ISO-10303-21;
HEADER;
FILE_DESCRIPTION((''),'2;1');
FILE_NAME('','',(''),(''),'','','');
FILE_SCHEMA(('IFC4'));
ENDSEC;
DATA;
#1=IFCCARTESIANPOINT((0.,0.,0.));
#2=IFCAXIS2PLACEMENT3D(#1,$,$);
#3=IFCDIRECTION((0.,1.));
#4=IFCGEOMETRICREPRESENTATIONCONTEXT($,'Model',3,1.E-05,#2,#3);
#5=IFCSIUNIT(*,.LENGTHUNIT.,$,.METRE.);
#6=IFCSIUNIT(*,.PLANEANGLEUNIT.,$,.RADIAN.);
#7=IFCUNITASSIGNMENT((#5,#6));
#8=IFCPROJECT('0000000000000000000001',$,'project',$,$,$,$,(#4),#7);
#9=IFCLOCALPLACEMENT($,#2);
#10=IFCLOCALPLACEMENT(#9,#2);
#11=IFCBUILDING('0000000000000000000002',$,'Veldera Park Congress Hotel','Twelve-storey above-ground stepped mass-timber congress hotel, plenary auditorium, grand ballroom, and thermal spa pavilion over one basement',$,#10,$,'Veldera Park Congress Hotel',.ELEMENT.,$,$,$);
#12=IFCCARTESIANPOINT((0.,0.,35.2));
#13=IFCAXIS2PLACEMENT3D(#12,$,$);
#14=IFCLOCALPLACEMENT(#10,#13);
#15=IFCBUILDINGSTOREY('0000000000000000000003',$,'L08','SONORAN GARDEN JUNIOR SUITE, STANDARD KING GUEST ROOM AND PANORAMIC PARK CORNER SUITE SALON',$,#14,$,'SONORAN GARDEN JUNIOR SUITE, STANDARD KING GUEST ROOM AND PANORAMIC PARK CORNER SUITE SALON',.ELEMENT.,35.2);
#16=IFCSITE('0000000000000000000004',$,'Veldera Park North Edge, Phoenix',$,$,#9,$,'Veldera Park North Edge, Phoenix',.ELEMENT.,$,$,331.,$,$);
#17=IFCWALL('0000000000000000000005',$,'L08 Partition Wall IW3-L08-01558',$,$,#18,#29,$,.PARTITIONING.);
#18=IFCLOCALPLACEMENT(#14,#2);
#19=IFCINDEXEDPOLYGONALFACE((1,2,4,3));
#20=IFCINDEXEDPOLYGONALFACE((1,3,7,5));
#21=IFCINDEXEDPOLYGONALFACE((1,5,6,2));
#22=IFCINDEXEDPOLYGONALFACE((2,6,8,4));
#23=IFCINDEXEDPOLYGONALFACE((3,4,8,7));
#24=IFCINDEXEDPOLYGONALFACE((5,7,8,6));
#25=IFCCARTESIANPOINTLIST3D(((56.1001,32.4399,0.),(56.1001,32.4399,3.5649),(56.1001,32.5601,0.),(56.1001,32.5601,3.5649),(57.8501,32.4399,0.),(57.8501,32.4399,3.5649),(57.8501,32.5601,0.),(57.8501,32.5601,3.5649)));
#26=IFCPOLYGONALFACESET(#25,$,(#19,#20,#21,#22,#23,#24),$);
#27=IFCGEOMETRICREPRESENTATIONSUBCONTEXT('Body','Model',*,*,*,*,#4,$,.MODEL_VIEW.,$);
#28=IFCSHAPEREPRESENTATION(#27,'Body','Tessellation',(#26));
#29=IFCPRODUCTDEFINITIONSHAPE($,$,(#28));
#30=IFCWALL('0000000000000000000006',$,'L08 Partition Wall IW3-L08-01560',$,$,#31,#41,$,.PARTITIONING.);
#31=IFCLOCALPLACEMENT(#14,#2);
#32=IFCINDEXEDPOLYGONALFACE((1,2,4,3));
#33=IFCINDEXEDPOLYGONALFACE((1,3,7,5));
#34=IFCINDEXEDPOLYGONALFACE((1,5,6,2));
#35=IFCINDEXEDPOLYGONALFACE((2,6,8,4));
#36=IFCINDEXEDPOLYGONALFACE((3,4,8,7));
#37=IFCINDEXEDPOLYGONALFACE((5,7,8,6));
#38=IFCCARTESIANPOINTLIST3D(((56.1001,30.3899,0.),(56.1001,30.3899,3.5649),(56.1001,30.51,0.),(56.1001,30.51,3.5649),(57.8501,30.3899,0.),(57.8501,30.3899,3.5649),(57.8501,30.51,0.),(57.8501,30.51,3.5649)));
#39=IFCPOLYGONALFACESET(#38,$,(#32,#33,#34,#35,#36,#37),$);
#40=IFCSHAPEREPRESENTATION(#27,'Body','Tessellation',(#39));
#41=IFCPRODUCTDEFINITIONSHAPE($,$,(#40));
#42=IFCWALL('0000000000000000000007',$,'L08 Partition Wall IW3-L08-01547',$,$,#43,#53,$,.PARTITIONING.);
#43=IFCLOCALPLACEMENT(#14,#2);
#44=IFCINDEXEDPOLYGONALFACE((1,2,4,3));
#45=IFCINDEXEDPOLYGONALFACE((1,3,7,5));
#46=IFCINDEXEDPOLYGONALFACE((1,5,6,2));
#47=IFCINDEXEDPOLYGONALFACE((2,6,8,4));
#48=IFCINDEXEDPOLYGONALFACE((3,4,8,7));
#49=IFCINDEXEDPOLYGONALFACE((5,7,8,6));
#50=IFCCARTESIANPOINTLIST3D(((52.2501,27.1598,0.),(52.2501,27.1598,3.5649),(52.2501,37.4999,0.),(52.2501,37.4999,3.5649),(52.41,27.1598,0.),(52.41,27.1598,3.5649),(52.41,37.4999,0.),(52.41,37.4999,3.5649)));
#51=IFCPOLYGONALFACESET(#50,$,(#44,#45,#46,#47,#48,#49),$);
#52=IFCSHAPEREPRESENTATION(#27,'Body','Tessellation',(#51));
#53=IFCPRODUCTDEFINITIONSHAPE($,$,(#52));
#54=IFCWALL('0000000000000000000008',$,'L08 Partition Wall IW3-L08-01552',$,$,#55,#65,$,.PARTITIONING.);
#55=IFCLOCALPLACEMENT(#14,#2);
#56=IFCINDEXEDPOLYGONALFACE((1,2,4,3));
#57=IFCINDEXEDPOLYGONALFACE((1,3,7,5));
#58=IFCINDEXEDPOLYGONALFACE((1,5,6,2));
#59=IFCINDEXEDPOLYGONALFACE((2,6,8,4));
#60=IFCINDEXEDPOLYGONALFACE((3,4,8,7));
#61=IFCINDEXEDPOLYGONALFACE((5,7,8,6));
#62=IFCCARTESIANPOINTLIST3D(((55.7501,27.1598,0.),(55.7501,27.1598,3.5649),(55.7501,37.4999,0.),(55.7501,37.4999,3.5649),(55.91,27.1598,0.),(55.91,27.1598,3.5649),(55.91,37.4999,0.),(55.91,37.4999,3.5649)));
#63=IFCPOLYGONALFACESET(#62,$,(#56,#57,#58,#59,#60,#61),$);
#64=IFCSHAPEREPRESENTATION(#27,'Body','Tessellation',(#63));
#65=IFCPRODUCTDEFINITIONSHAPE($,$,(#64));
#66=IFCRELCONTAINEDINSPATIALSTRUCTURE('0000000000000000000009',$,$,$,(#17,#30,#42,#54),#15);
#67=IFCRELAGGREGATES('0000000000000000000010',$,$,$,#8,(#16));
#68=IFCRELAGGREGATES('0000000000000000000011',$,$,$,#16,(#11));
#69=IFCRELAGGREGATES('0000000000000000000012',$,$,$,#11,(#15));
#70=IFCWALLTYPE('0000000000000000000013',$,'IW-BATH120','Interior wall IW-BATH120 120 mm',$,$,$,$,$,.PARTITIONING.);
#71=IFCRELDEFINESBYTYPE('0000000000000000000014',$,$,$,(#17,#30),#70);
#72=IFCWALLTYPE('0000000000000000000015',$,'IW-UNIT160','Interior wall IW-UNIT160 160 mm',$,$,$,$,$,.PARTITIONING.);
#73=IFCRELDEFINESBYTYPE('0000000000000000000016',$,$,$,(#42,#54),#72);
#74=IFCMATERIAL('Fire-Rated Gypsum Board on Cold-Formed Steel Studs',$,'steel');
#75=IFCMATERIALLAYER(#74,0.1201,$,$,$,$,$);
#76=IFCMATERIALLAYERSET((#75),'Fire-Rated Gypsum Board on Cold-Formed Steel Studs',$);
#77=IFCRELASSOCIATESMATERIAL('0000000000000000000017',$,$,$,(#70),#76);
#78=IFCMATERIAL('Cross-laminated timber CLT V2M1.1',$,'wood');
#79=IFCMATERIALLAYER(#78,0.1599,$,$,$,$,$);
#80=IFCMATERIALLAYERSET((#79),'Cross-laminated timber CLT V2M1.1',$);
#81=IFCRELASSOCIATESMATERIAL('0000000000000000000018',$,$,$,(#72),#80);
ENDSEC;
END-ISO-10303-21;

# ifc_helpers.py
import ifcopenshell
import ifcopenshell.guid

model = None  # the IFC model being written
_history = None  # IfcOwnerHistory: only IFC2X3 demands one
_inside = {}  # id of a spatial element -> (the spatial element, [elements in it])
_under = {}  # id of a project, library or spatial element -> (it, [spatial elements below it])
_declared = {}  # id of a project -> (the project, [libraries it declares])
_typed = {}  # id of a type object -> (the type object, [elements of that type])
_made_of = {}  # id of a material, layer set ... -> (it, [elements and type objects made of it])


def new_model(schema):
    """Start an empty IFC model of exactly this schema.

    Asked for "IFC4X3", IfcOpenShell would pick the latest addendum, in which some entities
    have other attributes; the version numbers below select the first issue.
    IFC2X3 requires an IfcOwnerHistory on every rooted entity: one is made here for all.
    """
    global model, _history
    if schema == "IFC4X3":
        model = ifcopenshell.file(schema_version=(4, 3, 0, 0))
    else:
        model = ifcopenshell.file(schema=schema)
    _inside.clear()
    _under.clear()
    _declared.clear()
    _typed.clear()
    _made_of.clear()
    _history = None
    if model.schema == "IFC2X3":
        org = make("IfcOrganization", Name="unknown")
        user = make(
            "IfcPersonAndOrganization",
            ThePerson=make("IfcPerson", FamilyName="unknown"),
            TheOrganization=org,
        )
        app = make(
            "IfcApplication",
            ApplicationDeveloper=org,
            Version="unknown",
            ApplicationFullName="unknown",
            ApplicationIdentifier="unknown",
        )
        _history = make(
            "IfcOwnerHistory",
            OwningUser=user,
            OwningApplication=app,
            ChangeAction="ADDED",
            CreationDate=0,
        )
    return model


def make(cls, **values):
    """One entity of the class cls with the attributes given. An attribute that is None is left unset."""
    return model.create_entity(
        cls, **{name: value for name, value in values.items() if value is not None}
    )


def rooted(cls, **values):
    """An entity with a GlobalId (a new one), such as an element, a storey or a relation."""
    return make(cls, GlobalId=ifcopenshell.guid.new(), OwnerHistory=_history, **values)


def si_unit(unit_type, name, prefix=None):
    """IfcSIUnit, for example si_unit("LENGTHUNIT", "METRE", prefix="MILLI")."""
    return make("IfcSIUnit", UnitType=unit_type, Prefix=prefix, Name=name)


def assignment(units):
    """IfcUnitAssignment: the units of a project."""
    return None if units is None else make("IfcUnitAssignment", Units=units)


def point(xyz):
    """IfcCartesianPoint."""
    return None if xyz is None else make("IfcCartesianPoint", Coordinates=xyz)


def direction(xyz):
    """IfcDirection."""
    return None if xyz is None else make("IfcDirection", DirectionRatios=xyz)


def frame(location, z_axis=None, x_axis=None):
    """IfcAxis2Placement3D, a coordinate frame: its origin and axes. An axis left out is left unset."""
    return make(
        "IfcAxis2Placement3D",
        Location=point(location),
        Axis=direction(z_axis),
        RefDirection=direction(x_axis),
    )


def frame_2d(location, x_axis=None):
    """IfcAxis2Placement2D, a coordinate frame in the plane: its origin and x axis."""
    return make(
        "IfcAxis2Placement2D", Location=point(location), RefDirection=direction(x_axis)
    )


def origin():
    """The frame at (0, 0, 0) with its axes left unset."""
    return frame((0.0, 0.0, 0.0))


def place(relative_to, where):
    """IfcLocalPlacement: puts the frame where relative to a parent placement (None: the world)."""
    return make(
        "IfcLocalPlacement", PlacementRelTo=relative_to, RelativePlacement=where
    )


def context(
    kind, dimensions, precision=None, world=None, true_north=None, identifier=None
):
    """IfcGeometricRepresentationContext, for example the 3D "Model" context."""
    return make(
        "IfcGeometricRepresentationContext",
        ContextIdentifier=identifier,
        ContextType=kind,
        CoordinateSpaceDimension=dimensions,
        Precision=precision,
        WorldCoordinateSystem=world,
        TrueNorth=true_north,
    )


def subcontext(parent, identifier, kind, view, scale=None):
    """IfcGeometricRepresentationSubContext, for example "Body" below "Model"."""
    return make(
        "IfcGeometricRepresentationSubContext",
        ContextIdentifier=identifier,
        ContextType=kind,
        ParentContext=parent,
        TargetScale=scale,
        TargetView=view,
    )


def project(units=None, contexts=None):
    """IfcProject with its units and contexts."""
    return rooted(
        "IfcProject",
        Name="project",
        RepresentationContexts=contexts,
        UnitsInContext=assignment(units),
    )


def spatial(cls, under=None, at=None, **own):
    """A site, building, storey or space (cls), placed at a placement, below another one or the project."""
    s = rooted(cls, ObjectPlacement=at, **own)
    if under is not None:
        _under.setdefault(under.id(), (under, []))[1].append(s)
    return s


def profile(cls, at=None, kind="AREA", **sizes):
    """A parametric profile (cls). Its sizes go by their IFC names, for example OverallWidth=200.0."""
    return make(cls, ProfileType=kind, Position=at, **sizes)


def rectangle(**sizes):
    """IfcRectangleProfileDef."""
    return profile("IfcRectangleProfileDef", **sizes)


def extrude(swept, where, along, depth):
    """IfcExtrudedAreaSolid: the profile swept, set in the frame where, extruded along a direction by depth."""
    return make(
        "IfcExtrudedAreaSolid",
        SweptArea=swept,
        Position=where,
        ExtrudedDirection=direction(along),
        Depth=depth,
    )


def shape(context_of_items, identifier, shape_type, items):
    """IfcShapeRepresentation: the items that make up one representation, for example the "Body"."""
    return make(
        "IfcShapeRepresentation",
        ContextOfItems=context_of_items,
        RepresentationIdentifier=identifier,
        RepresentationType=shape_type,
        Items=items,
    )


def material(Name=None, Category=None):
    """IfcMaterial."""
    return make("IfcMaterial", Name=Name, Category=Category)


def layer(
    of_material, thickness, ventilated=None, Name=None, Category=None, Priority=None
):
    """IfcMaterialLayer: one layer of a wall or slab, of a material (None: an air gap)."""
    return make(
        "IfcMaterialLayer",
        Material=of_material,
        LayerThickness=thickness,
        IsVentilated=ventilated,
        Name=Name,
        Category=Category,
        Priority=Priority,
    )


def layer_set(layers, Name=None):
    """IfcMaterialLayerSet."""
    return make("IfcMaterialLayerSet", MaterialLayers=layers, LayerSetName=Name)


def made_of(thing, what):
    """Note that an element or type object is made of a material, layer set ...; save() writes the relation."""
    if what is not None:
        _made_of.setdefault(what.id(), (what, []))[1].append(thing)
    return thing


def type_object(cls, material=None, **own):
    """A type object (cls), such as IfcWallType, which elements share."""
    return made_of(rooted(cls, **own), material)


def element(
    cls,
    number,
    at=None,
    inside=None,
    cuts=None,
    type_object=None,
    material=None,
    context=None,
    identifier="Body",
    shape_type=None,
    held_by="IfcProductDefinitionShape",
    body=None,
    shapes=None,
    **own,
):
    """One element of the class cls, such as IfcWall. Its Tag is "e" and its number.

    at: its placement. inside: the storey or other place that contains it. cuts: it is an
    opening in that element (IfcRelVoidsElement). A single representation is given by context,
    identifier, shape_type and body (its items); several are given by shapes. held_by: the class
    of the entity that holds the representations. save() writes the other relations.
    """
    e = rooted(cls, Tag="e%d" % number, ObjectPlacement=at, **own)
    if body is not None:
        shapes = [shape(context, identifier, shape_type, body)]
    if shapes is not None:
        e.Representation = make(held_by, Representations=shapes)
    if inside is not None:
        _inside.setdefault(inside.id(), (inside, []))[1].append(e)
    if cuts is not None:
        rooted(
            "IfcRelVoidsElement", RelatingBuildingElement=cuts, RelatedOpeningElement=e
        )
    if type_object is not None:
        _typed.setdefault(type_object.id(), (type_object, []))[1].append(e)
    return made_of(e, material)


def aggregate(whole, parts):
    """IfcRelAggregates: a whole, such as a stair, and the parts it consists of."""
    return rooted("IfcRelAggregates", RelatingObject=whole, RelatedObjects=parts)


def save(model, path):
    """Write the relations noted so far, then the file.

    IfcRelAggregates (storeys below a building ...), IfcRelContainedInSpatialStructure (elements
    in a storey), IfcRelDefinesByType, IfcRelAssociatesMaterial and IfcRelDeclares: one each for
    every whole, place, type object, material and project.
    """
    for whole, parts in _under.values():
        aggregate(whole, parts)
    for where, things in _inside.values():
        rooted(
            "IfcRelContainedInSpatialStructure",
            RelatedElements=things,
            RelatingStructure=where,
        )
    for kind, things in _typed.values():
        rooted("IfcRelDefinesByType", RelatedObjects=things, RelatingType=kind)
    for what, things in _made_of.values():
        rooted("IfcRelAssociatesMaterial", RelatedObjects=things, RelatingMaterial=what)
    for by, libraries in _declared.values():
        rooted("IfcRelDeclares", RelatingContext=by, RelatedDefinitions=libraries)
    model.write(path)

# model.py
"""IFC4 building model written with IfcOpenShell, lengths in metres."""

from ifc_helpers import new_model, si_unit, direction, frame, frame_2d, origin, place, context, subcontext, project, spatial, rectangle, extrude, material, layer, layer_set, type_object, element, save


model = new_model("IFC4")

# Units and contexts
model_context = context("Model", 3, precision=1e-05, world=origin(), true_north=direction((0.0, 1.0)))
body_context = subcontext(model_context, "Body", "Model", "MODEL_VIEW")
ifc_project = project(units=[si_unit("LENGTHUNIT", "METRE"), si_unit("PLANEANGLEUNIT", "RADIAN")], contexts=[model_context])

# Site, building, storey
site_placement = place(None, origin())
site = spatial("IfcSite", under=ifc_project, at=site_placement, Name="Veldera Park North Edge, Phoenix", LongName="Veldera Park North Edge, Phoenix", CompositionType="ELEMENT", RefElevation=331.0)
building_placement = place(site_placement, origin())
building = spatial("IfcBuilding", under=site, at=building_placement, Name="Veldera Park Congress Hotel", Description="Twelve-storey above-ground stepped mass-timber congress hotel, plenary auditorium, grand ballroom, and thermal spa pavilion over one basement", LongName="Veldera Park Congress Hotel", CompositionType="ELEMENT")
storey_placement = place(building_placement, frame((0.0, 0.0, 35.2)))
storey = spatial("IfcBuildingStorey", under=building, at=storey_placement, Name="L08", Description="SONORAN GARDEN JUNIOR SUITE, STANDARD KING GUEST ROOM AND PANORAMIC PARK CORNER SUITE SALON", LongName="SONORAN GARDEN JUNIOR SUITE, STANDARD KING GUEST ROOM AND PANORAMIC PARK CORNER SUITE SALON", CompositionType="ELEMENT", Elevation=35.2)

# Shared definitions
ifc_material_1 = material(Name="Cross-laminated timber CLT V2M1.1", Category="wood")

# Shared definitions
ifc_material_2 = material(Name="Fire-Rated Gypsum Board on Cold-Formed Steel Studs", Category="steel")
ifc_layer_1 = layer(ifc_material_2, 0.1201)
ifc_layer_set_1 = layer_set([ifc_layer_1], Name="Fire-Rated Gypsum Board on Cold-Formed Steel Studs")
wall_type_1 = type_object("IfcWallType", Name="IW-BATH120", Description="Interior wall IW-BATH120 120 mm", PredefinedType="PARTITIONING", material=ifc_layer_set_1)

# Walls
for number, where, z_axis, x_axis, name in (
    (1, (56.1001, 32.5, 0.0), (0.0, 0.0, 1.0), (1.0, 0.0, 0.0), "L08 Partition Wall IW3-L08-01558"),
    (2, (56.1001, 30.45, 0.0), (0.0, 0.0, 1.0), (1.0, 0.0, 0.0), "L08 Partition Wall IW3-L08-01560"),
):
    element("IfcWall", number, at=place(storey_placement, frame(where, z_axis=z_axis, x_axis=x_axis)), inside=storey, type_object=wall_type_1, Name=name, PredefinedType="PARTITIONING", context=body_context, shape_type="SweptSolid", body=[
        extrude(rectangle(XDim=1.75, YDim=0.1201, at=frame_2d((0.875, 0.0))), origin(), (0.0, 0.0, 1.0), 3.5649),
    ])
ifc_layer_2 = layer(ifc_material_1, 0.1599)
ifc_layer_set_2 = layer_set([ifc_layer_2], Name="Cross-laminated timber CLT V2M1.1")
wall_type_2 = type_object("IfcWallType", Name="IW-UNIT160", Description="Interior wall IW-UNIT160 160 mm", PredefinedType="PARTITIONING", material=ifc_layer_set_2)
for number, where, z_axis, x_axis, name in (
    (3, (52.3301, 27.1599, 0.0), (0.0, 0.0, 1.0), (0.0, 1.0, 0.0), "L08 Partition Wall IW3-L08-01547"),
    (4, (55.8301, 27.1599, 0.0), (0.0, 0.0, 1.0), (0.0, 1.0, 0.0), "L08 Partition Wall IW3-L08-01552"),
):
    element("IfcWall", number, at=place(storey_placement, frame(where, z_axis=z_axis, x_axis=x_axis)), inside=storey, type_object=wall_type_2, Name=name, PredefinedType="PARTITIONING", context=body_context, shape_type="SweptSolid", body=[
        extrude(rectangle(XDim=10.3401, YDim=0.1599, at=frame_2d((5.1699, 0.0))), origin(), (0.0, 0.0, 1.0), 3.5649),
    ])

save(model, "model.ifc")
